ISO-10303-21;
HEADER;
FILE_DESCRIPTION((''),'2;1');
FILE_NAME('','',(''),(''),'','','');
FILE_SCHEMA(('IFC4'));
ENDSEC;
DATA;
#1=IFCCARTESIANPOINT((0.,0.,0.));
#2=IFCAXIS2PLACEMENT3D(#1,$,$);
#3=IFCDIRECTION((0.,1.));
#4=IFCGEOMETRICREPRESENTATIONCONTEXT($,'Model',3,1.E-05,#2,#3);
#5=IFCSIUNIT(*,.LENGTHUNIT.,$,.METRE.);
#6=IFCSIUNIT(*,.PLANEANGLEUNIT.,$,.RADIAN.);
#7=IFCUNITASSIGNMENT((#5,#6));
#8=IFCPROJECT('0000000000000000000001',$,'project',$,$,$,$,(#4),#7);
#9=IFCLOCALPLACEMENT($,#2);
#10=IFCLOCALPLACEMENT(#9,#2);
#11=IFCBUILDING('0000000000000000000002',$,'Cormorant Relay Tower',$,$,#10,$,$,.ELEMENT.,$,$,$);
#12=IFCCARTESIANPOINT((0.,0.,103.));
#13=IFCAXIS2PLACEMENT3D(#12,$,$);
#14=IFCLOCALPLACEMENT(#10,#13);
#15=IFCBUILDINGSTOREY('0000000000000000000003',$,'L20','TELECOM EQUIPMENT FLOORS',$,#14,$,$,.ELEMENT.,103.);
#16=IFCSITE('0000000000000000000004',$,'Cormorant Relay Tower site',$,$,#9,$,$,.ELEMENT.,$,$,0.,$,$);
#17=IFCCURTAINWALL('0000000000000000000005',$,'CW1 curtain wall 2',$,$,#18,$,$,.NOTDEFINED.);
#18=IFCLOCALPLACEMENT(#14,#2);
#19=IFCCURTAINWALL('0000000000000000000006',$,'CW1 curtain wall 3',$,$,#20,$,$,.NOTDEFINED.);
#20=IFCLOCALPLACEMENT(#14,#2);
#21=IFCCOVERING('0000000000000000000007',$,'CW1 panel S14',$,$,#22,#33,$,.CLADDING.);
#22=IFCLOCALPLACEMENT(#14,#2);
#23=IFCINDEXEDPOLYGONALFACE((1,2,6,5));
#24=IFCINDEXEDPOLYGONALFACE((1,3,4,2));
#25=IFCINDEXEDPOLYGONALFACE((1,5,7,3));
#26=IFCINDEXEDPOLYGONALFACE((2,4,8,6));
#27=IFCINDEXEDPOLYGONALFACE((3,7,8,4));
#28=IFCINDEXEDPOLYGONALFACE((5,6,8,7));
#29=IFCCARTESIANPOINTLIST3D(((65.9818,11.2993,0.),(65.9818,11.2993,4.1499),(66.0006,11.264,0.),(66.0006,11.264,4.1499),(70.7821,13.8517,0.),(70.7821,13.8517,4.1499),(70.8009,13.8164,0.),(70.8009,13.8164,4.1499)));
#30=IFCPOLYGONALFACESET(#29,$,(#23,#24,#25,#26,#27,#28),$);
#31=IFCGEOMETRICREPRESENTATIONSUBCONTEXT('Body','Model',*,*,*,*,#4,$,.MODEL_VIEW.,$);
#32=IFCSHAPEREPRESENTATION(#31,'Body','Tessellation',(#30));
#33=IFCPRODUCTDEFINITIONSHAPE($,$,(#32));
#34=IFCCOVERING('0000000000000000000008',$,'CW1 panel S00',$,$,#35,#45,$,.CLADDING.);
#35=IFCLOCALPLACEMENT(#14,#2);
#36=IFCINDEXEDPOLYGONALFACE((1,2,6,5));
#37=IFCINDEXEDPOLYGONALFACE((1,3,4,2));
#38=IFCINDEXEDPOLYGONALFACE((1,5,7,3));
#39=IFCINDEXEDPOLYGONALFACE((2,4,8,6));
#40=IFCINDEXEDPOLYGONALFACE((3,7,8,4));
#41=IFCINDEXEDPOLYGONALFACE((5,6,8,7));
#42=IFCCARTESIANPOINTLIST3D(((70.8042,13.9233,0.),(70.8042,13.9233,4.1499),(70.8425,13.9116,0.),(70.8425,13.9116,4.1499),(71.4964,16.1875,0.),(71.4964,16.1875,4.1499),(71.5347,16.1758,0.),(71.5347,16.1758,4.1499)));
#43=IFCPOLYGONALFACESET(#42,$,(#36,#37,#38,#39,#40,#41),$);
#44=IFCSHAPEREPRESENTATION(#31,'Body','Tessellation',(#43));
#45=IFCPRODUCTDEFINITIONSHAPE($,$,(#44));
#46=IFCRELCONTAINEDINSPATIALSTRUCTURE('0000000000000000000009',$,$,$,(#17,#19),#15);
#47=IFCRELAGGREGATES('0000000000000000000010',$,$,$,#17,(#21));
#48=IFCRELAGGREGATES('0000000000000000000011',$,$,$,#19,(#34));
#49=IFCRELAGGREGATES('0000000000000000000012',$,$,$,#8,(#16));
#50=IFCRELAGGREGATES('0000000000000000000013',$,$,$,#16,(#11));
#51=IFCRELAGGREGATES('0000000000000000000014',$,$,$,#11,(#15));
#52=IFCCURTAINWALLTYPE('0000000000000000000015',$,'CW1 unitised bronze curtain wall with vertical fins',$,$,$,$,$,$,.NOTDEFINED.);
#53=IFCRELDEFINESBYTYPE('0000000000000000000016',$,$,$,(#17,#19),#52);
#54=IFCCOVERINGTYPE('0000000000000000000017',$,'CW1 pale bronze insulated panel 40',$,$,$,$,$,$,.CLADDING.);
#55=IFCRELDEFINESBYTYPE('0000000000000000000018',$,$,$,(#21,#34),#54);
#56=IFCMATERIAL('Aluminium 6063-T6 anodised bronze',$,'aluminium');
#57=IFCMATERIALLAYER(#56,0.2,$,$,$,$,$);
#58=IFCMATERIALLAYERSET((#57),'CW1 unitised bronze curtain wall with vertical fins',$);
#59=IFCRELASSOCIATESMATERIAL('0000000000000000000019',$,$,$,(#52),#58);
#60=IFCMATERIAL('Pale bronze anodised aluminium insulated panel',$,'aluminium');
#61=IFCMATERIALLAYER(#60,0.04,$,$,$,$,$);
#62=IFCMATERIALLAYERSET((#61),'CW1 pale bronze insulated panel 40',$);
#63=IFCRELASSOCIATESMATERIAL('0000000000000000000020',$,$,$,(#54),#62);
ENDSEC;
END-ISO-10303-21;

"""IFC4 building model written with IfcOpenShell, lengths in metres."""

from ifc_helpers import new_model, si_unit, direction, frame, origin, origin_2d, place, context, subcontext, project, spatial, rectangle, extrude, material, layer, layer_set, type_object, element, aggregate, save


model = new_model("IFC4")

# Units and contexts
model_context = context("Model", 3, precision=1e-05, world=origin(), true_north=direction((0.0, 1.0)))
body_context = subcontext(model_context, "Body", "Model", "MODEL_VIEW")
ifc_project = project(units=[si_unit("LENGTHUNIT", "METRE"), si_unit("PLANEANGLEUNIT", "RADIAN")], contexts=[model_context])

# Site, building, storey
site_placement = place(None, origin())
site = spatial("IfcSite", under=ifc_project, at=site_placement, Name="Cormorant Relay Tower site", CompositionType="ELEMENT", RefElevation=0.0)
building_placement = place(site_placement, origin())
building = spatial("IfcBuilding", under=site, at=building_placement, Name="Cormorant Relay Tower", CompositionType="ELEMENT")
storey_placement = place(building_placement, frame((0.0, 0.0, 103.0)))
storey = spatial("IfcBuildingStorey", under=building, at=storey_placement, Name="L20", Description="TELECOM EQUIPMENT FLOORS", CompositionType="ELEMENT", Elevation=103.0)

# Curtain walls
ifc_material_1 = material(Name="Aluminium 6063-T6 anodised bronze", Category="aluminium")
ifc_layer_1 = layer(ifc_material_1, 0.2)
ifc_layer_set_1 = layer_set([ifc_layer_1], Name="CW1 unitised bronze curtain wall with vertical fins")
curtain_wall_type = type_object("IfcCurtainWallType", Name="CW1 unitised bronze curtain wall with vertical fins", PredefinedType="NOTDEFINED", material=ifc_layer_set_1)
curtain_wall_1_placement = place(storey_placement, origin())
curtain_wall_1 = element("IfcCurtainWall", 1, at=curtain_wall_1_placement, inside=storey, type_object=curtain_wall_type, Name="CW1 curtain wall 2", PredefinedType="NOTDEFINED")
curtain_wall_2_placement = place(storey_placement, origin())
curtain_wall_2 = element("IfcCurtainWall", 2, at=curtain_wall_2_placement, inside=storey, type_object=curtain_wall_type, Name="CW1 curtain wall 3", PredefinedType="NOTDEFINED")

# Coverings
ifc_material_2 = material(Name="Pale bronze anodised aluminium insulated panel", Category="aluminium")
ifc_layer_2 = layer(ifc_material_2, 0.04)
ifc_layer_set_2 = layer_set([ifc_layer_2], Name="CW1 pale bronze insulated panel 40")
covering_type = type_object("IfcCoveringType", Name="CW1 pale bronze insulated panel 40", PredefinedType="CLADDING", material=ifc_layer_set_2)
covering_1_placement = place(storey_placement, frame((68.3914, 12.5579, 0.0), z_axis=(0.0, 0.0, 1.0), x_axis=(0.882948, 0.469472, 0.0)))
covering_1 = element("IfcCovering", 3, at=covering_1_placement, type_object=covering_type, Name="CW1 panel S14", PredefinedType="CLADDING", context=body_context, shape_type="SweptSolid", body=[
    extrude(rectangle(XDim=5.4368, YDim=0.04, at=origin_2d()), origin(), (0.0, 0.0, 1.0), 4.1499),
])
aggregate(curtain_wall_1, [covering_1])
covering_2_placement = place(storey_placement, frame((71.1694, 15.0496, 0.0), z_axis=(0.0, 0.0, 1.0), x_axis=(0.292372, 0.956305, 0.0)))
covering_2 = element("IfcCovering", 4, at=covering_2_placement, type_object=covering_type, Name="CW1 panel S00", PredefinedType="CLADDING", context=body_context, shape_type="SweptSolid", body=[
    extrude(rectangle(XDim=2.3677, YDim=0.04, at=origin_2d()), origin(), (0.0, 0.0, 1.0), 4.1499),
])
aggregate(curtain_wall_2, [covering_2])

save(model, "model.ifc")
